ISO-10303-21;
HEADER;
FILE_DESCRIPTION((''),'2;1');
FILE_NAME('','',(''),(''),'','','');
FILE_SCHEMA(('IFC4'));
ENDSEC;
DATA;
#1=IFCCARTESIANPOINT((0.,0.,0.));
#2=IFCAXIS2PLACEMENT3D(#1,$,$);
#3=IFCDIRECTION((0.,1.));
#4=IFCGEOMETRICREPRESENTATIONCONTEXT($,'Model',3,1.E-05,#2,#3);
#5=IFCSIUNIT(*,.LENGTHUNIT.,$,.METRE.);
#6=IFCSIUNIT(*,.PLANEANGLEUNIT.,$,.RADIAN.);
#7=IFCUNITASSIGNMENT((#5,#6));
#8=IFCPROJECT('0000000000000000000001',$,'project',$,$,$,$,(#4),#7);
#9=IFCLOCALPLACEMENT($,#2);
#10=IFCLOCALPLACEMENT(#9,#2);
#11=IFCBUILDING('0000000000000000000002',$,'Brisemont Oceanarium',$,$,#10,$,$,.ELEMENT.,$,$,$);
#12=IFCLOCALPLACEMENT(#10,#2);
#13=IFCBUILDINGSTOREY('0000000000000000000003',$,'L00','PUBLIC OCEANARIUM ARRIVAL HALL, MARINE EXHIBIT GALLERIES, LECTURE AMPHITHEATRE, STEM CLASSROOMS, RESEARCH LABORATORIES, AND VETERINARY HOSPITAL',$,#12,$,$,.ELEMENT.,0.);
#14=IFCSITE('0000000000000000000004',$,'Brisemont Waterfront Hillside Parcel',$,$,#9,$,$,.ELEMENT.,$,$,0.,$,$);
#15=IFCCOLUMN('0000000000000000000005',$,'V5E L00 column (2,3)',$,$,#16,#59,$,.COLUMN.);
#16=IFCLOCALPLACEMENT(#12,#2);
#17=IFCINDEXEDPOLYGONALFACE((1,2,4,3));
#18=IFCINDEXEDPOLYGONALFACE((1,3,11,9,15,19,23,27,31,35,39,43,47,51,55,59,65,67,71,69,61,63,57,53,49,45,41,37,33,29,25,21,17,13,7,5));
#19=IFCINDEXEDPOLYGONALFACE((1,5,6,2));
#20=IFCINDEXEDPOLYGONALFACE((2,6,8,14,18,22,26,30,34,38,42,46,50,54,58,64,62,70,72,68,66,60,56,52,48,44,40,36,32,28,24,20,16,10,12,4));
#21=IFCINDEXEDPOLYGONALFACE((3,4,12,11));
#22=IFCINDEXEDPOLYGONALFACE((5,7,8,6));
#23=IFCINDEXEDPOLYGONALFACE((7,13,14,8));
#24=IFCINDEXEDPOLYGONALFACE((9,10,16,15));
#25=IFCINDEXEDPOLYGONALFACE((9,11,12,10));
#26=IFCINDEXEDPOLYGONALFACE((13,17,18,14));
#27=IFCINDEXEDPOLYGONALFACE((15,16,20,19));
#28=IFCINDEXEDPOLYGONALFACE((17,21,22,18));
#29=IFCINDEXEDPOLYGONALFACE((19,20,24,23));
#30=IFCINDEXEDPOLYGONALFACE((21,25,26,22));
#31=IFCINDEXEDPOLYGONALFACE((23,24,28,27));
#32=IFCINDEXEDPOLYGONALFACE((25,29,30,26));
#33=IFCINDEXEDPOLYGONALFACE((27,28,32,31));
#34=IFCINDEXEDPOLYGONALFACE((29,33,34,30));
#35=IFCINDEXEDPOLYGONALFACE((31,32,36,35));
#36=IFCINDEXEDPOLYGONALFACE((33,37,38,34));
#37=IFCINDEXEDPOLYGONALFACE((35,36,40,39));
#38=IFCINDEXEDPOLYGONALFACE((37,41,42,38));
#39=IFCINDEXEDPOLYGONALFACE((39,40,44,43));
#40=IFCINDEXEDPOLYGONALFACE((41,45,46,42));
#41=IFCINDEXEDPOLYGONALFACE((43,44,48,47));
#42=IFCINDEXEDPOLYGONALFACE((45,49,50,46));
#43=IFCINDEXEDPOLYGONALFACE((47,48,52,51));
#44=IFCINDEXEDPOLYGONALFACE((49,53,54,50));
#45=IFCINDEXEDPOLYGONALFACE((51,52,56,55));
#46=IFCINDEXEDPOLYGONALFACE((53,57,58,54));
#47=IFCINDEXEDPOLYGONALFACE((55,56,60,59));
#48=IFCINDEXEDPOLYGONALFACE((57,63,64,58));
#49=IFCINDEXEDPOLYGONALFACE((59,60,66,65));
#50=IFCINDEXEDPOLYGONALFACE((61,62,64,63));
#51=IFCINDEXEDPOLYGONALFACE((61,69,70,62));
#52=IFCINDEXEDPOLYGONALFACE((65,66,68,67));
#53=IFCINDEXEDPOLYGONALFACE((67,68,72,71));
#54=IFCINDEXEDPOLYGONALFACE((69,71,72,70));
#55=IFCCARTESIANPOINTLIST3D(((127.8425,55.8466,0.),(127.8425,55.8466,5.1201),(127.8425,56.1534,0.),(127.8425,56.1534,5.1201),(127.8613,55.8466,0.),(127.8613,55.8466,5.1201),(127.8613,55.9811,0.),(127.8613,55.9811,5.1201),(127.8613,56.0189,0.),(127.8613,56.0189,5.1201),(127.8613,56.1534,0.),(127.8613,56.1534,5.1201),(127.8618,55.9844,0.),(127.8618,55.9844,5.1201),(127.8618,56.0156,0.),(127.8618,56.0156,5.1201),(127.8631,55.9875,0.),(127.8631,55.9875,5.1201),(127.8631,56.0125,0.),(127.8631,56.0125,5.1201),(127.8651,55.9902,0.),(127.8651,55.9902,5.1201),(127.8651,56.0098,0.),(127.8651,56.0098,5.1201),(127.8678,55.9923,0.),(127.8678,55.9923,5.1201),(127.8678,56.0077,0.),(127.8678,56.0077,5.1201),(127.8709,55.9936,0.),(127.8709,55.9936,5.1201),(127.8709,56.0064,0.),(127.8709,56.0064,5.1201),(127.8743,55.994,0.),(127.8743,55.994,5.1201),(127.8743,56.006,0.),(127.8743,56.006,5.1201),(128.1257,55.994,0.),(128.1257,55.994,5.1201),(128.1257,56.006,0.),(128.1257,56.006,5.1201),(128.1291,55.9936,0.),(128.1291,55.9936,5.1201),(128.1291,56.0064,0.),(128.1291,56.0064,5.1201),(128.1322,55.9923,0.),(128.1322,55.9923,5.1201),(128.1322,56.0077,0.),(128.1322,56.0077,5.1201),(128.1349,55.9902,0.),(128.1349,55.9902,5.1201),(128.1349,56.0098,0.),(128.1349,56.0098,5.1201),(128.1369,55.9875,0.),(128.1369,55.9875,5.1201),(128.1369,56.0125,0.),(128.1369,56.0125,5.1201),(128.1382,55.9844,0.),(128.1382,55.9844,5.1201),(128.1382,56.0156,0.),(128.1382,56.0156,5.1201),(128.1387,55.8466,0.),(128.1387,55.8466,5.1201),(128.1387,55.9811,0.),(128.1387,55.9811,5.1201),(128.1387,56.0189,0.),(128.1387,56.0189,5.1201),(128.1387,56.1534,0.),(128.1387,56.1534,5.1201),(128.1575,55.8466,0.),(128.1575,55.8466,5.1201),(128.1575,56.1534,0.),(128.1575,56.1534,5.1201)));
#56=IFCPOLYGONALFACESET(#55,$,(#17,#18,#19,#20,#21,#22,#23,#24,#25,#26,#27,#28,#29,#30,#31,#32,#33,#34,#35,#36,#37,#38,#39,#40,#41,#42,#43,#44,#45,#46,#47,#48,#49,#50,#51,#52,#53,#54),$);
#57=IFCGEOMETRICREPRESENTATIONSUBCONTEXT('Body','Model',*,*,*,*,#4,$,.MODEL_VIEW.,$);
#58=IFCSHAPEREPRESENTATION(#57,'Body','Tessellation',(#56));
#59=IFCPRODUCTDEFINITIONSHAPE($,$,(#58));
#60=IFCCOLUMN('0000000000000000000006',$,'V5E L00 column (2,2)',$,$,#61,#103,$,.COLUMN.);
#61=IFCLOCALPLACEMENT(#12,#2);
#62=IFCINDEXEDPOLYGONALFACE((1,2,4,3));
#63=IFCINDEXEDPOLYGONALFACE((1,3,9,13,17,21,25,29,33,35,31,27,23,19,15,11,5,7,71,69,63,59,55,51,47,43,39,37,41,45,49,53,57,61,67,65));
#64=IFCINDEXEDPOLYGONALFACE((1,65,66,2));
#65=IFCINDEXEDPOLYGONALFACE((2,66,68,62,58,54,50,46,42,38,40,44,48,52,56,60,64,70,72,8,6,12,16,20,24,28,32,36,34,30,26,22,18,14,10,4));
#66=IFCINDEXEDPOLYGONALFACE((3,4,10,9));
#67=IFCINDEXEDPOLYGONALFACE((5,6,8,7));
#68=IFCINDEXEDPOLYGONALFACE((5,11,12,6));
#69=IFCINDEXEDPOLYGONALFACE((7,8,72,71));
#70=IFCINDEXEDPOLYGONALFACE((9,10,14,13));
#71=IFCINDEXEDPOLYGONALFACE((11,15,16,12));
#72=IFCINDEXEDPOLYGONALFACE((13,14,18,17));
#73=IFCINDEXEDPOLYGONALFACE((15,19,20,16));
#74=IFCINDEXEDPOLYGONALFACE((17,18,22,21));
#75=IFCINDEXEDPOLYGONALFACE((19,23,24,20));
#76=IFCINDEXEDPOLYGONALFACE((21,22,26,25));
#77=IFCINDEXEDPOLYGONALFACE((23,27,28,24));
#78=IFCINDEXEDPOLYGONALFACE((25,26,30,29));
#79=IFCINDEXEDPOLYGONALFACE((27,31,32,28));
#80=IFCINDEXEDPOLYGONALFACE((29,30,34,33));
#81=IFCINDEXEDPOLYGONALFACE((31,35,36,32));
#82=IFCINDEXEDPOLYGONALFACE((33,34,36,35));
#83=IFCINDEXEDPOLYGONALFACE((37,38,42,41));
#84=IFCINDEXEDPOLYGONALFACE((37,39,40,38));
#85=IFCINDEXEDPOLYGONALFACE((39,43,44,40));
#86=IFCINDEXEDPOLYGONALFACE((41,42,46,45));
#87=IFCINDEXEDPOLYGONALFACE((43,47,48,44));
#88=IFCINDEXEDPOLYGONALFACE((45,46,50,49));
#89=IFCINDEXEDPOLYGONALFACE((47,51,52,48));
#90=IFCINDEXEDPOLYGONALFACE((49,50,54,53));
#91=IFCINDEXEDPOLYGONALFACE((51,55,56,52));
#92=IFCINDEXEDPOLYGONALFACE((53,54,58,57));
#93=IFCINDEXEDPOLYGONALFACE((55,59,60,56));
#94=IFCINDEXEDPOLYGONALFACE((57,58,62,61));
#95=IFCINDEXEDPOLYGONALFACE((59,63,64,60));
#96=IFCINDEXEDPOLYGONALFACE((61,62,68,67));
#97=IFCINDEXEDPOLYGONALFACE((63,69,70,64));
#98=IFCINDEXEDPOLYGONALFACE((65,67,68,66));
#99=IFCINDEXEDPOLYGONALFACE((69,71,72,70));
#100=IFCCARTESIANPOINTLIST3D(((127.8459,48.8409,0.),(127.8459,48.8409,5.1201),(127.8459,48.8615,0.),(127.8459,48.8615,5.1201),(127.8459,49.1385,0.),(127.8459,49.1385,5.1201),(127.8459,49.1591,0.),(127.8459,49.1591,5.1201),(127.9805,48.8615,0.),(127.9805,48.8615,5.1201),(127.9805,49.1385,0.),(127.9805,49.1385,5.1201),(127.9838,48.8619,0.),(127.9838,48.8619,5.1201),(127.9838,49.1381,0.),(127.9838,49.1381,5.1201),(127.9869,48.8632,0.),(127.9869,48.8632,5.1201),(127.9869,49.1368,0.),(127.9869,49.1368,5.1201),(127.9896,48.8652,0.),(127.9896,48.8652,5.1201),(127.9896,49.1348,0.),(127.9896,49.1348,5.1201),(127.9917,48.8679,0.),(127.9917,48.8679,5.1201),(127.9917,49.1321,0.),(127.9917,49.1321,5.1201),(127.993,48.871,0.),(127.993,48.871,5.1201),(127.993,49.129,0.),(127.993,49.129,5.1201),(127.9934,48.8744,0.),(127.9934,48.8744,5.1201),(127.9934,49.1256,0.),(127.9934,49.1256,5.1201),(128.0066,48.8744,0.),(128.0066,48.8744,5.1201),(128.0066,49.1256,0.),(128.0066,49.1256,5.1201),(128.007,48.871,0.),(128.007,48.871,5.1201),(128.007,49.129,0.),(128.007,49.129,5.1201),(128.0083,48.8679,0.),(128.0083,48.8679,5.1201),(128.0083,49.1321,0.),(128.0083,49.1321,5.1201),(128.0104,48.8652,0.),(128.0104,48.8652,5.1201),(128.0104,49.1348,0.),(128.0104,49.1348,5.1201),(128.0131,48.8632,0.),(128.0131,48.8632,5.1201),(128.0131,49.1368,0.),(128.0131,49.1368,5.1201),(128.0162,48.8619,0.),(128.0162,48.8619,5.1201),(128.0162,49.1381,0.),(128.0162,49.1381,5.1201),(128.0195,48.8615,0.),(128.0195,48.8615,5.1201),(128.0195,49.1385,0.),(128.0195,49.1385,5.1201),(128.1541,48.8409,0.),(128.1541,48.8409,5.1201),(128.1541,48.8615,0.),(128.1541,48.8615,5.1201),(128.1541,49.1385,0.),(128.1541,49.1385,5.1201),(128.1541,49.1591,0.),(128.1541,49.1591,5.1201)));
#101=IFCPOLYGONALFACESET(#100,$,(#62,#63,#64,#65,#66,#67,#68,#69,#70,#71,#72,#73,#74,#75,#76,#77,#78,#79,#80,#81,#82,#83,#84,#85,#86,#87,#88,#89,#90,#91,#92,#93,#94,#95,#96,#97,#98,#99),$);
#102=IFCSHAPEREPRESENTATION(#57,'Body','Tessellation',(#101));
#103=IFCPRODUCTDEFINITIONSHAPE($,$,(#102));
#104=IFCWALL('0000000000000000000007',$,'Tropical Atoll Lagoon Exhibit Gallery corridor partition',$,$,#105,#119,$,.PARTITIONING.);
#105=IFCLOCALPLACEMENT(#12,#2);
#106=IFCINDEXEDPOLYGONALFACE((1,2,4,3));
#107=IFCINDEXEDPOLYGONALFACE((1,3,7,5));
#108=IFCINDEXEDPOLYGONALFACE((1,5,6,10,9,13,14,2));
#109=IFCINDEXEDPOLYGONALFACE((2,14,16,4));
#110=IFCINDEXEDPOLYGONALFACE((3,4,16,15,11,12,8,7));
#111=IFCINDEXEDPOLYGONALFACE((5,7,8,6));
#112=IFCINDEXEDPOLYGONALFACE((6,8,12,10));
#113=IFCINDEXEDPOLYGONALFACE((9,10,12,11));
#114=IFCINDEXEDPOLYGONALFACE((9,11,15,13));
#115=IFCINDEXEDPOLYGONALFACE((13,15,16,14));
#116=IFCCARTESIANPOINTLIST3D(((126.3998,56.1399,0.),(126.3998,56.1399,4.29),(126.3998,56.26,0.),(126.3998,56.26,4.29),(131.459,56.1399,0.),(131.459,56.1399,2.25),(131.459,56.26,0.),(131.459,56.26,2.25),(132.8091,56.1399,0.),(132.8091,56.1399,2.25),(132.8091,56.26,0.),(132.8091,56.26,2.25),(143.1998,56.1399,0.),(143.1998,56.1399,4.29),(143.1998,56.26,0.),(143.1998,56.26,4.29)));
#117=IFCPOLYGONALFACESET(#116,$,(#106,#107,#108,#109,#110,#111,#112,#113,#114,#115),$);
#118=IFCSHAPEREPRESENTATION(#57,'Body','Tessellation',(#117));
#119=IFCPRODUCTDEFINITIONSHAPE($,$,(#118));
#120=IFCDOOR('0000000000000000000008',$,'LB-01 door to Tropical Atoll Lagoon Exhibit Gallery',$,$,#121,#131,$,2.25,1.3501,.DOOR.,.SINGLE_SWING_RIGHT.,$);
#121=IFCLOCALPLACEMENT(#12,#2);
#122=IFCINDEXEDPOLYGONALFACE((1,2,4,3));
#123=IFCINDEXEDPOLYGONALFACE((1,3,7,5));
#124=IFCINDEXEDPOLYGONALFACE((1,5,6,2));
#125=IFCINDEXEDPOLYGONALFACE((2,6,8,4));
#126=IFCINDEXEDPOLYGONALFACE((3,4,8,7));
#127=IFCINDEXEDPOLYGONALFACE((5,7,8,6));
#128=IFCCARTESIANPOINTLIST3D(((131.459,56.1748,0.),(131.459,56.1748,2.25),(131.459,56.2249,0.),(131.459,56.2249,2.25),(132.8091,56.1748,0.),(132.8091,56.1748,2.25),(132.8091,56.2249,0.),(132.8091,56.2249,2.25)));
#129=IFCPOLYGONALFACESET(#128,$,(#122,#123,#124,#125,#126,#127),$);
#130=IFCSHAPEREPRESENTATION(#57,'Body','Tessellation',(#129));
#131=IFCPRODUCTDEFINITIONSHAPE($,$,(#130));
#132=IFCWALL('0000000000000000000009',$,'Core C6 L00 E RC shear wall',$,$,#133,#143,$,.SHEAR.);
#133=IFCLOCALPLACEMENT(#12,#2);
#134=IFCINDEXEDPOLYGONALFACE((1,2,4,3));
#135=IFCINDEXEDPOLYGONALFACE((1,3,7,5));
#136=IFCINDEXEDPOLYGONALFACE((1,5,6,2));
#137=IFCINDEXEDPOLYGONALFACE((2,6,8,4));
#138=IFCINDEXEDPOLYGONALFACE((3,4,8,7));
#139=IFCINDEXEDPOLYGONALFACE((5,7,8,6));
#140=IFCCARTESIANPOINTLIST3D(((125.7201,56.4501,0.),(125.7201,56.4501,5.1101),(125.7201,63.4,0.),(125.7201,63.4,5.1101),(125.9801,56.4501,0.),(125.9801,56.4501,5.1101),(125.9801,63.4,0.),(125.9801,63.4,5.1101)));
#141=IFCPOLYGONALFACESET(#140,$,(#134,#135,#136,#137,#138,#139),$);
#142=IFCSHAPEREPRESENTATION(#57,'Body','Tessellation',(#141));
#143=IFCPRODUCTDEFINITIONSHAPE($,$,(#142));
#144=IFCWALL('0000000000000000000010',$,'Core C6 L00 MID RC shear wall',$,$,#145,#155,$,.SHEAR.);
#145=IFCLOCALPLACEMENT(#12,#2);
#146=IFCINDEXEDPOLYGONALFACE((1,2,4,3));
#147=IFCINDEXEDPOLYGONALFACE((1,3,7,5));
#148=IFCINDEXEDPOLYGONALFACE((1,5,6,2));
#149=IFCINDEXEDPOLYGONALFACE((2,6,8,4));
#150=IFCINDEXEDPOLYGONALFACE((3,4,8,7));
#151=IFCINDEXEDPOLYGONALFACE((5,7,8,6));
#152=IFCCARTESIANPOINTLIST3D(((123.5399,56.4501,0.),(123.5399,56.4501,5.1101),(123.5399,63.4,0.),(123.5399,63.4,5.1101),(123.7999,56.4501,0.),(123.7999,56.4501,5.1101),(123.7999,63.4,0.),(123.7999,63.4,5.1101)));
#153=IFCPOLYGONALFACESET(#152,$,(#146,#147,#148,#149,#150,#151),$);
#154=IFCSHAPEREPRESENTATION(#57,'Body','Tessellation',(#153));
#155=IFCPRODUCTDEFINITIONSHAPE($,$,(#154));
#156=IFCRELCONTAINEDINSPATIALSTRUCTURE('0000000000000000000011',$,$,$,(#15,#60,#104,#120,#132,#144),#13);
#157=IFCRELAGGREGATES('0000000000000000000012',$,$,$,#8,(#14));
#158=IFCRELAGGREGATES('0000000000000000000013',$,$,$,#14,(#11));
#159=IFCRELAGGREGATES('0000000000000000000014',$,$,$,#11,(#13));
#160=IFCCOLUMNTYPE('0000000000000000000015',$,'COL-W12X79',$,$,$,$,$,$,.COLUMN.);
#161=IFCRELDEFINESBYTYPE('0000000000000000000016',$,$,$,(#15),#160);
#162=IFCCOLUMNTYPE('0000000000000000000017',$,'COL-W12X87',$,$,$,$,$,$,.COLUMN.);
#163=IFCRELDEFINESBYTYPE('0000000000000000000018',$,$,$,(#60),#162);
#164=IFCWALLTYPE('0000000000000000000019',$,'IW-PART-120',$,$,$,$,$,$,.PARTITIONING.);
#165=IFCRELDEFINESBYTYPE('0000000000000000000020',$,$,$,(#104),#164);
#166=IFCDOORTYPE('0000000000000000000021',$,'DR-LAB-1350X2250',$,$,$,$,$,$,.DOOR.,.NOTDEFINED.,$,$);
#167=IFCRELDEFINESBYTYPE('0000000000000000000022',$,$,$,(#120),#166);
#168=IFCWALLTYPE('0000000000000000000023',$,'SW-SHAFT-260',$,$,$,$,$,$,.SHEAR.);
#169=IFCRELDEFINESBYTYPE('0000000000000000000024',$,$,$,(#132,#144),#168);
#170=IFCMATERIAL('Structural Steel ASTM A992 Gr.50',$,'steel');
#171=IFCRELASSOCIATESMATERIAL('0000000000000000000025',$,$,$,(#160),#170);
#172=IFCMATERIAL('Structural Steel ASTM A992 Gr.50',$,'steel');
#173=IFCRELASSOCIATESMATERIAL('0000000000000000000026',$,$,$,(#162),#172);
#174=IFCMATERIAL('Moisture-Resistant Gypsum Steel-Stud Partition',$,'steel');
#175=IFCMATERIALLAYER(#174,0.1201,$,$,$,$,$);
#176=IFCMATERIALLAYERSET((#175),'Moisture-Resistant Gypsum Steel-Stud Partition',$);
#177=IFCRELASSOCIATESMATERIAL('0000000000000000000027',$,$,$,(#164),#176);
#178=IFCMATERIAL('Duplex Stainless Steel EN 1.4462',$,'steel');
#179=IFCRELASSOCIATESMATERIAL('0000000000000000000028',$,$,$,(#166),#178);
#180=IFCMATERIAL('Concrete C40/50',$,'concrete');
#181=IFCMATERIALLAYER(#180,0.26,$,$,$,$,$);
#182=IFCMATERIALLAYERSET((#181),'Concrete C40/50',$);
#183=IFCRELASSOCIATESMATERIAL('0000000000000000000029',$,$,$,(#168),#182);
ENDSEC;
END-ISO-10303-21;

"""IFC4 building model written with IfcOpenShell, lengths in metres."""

from ifc_helpers import new_model, si_unit, direction, frame, frame_2d, origin, origin_2d, place, context, subcontext, project, spatial, rectangle, i_section, extrude, material, layer, layer_set, material_profile, profile_set, type_object, element, fill, save


model = new_model("IFC4")

# Units and contexts
model_context = context("Model", 3, precision=1e-05, world=origin(), true_north=direction((0.0, 1.0)))
body_context = subcontext(model_context, "Body", "Model", "MODEL_VIEW")
ifc_project = project(units=[si_unit("LENGTHUNIT", "METRE"), si_unit("PLANEANGLEUNIT", "RADIAN")], contexts=[model_context])

# Site, building, storey
site_placement = place(None, origin())
site = spatial("IfcSite", under=ifc_project, at=site_placement, Name="Brisemont Waterfront Hillside Parcel", CompositionType="ELEMENT", RefElevation=0.0)
building_placement = place(site_placement, origin())
building = spatial("IfcBuilding", under=site, at=building_placement, Name="Brisemont Oceanarium", CompositionType="ELEMENT")
storey_placement = place(building_placement, origin())
storey = spatial("IfcBuildingStorey", under=building, at=storey_placement, Name="L00", Description="PUBLIC OCEANARIUM ARRIVAL HALL, MARINE EXHIBIT GALLERIES, LECTURE AMPHITHEATRE, STEM CLASSROOMS, RESEARCH LABORATORIES, AND VETERINARY HOSPITAL", CompositionType="ELEMENT", Elevation=0.0)

# Columns
ifc_material_1 = material(Name="Structural Steel ASTM A992 Gr.50", Category="steel")
ifc_material_profile_1 = material_profile(ifc_material_1, i_section(OverallWidth=0.3069, OverallDepth=0.3149, WebThickness=0.012, FlangeThickness=0.0188, FilletRadius=0.0129, at=origin_2d()), Name="W12X79")
ifc_profile_set_1 = profile_set([ifc_material_profile_1], Name="Structural Steel ASTM A992 Gr.50")
column_type_1 = type_object("IfcColumnType", Name="COL-W12X79", PredefinedType="COLUMN", material=ifc_profile_set_1)
column_1_placement = place(storey_placement, frame((128.0, 56.0, 0.0), z_axis=(0.0, 0.0, 1.0), x_axis=(0.0, 1.0, 0.0)))
element("IfcColumn", 1, at=column_1_placement, inside=storey, type_object=column_type_1, Name="V5E L00 column (2,3)", PredefinedType="COLUMN", context=body_context, shape_type="SweptSolid", body=[
    extrude(i_section(OverallWidth=0.3069, OverallDepth=0.3149, WebThickness=0.012, FlangeThickness=0.0188, FilletRadius=0.0129, at=origin_2d()), origin(), (0.0, 0.0, 1.0), 5.1201),
])
ifc_material_2 = material(Name="Structural Steel ASTM A992 Gr.50", Category="steel")
ifc_material_profile_2 = material_profile(ifc_material_2, i_section(OverallWidth=0.3081, OverallDepth=0.3181, WebThickness=0.0132, FlangeThickness=0.0205, FilletRadius=0.0129, at=origin_2d()), Name="W12X87")
ifc_profile_set_2 = profile_set([ifc_material_profile_2], Name="Structural Steel ASTM A992 Gr.50")
column_type_2 = type_object("IfcColumnType", Name="COL-W12X87", PredefinedType="COLUMN", material=ifc_profile_set_2)
column_2_placement = place(storey_placement, frame((128.0, 49.0, 0.0), z_axis=(0.0, 0.0, 1.0), x_axis=(1.0, 0.0, 0.0)))
element("IfcColumn", 2, at=column_2_placement, inside=storey, type_object=column_type_2, Name="V5E L00 column (2,2)", PredefinedType="COLUMN", context=body_context, shape_type="SweptSolid", body=[
    extrude(i_section(OverallWidth=0.3081, OverallDepth=0.3181, WebThickness=0.0132, FlangeThickness=0.0205, FilletRadius=0.0129, at=origin_2d()), origin(), (0.0, 0.0, 1.0), 5.1201),
])

# Wall, opening, door
ifc_material_3 = material(Name="Moisture-Resistant Gypsum Steel-Stud Partition", Category="steel")
ifc_layer_1 = layer(ifc_material_3, 0.1201)
ifc_layer_set_1 = layer_set([ifc_layer_1], Name="Moisture-Resistant Gypsum Steel-Stud Partition")
wall_type_1 = type_object("IfcWallType", Name="IW-PART-120", PredefinedType="PARTITIONING", material=ifc_layer_set_1)
wall_1_placement = place(storey_placement, frame((126.3999, 56.2, 0.0), z_axis=(0.0, 0.0, 1.0), x_axis=(1.0, 0.0, 0.0)))
wall_1 = element("IfcWall", 3, at=wall_1_placement, inside=storey, type_object=wall_type_1, Name="Tropical Atoll Lagoon Exhibit Gallery corridor partition", PredefinedType="PARTITIONING", context=body_context, shape_type="SweptSolid", body=[
    extrude(rectangle(XDim=16.8, YDim=0.1201, at=frame_2d((8.3999, 0.0))), origin(), (0.0, 0.0, 1.0), 4.29),
])
opening_1_placement = place(wall_1_placement, frame((5.0591, 0.0, 0.0)))
opening_1 = element("IfcOpeningElement", 4, at=opening_1_placement, cuts=wall_1, PredefinedType="OPENING", context=body_context, shape_type="SweptSolid", body=[
    extrude(rectangle(XDim=1.3501, YDim=2.25, at=frame_2d((0.675, 1.125))), frame((0.0, 0.0701, 0.0), z_axis=(0.0, -1.0, 0.0), x_axis=(1.0, 0.0, 0.0)), (0.0, 0.0, 1.0), 0.1401),
])
ifc_material_4 = material(Name="Duplex Stainless Steel EN 1.4462", Category="steel")
door_type_1 = type_object("IfcDoorType", Name="DR-LAB-1350X2250", OperationType="NOTDEFINED", PredefinedType="DOOR", material=ifc_material_4)
door_1_placement = place(opening_1_placement, origin())
door_1 = element("IfcDoor", 5, at=door_1_placement, inside=storey, type_object=door_type_1, Name="LB-01 door to Tropical Atoll Lagoon Exhibit Gallery", OperationType="SINGLE_SWING_RIGHT", OverallHeight=2.25, OverallWidth=1.3501, PredefinedType="DOOR", context=body_context, shape_type="SweptSolid", body=[
    extrude(rectangle(XDim=1.3501, YDim=2.25, at=frame_2d((0.675, 1.125))), frame((0.0, 0.0249, 0.0), z_axis=(0.0, -1.0, 0.0), x_axis=(1.0, 0.0, 0.0)), (0.0, 0.0, 1.0), 0.05),
])
fill(opening_1, door_1)

# Walls
ifc_material_5 = material(Name="Concrete C40/50", Category="concrete")
ifc_layer_2 = layer(ifc_material_5, 0.26)
ifc_layer_set_2 = layer_set([ifc_layer_2], Name="Concrete C40/50")
wall_type_2 = type_object("IfcWallType", Name="SW-SHAFT-260", PredefinedType="SHEAR", material=ifc_layer_set_2)
for number, where, z_axis, x_axis, name in (
    (6, (125.8501, 56.45, 0.0), (0.0, 0.0, 1.0), (0.0, 1.0, 0.0), "Core C6 L00 E RC shear wall"),
    (7, (123.6699, 56.45, 0.0), (0.0, 0.0, 1.0), (0.0, 1.0, 0.0), "Core C6 L00 MID RC shear wall"),
):
    element("IfcWall", number, at=place(storey_placement, frame(where, z_axis=z_axis, x_axis=x_axis)), inside=storey, type_object=wall_type_2, Name=name, PredefinedType="SHEAR", context=body_context, shape_type="SweptSolid", body=[
        extrude(rectangle(XDim=6.95, YDim=0.26, at=frame_2d((3.4751, 0.0))), origin(), (0.0, 0.0, 1.0), 5.1101),
    ])

save(model, "model.ifc")
